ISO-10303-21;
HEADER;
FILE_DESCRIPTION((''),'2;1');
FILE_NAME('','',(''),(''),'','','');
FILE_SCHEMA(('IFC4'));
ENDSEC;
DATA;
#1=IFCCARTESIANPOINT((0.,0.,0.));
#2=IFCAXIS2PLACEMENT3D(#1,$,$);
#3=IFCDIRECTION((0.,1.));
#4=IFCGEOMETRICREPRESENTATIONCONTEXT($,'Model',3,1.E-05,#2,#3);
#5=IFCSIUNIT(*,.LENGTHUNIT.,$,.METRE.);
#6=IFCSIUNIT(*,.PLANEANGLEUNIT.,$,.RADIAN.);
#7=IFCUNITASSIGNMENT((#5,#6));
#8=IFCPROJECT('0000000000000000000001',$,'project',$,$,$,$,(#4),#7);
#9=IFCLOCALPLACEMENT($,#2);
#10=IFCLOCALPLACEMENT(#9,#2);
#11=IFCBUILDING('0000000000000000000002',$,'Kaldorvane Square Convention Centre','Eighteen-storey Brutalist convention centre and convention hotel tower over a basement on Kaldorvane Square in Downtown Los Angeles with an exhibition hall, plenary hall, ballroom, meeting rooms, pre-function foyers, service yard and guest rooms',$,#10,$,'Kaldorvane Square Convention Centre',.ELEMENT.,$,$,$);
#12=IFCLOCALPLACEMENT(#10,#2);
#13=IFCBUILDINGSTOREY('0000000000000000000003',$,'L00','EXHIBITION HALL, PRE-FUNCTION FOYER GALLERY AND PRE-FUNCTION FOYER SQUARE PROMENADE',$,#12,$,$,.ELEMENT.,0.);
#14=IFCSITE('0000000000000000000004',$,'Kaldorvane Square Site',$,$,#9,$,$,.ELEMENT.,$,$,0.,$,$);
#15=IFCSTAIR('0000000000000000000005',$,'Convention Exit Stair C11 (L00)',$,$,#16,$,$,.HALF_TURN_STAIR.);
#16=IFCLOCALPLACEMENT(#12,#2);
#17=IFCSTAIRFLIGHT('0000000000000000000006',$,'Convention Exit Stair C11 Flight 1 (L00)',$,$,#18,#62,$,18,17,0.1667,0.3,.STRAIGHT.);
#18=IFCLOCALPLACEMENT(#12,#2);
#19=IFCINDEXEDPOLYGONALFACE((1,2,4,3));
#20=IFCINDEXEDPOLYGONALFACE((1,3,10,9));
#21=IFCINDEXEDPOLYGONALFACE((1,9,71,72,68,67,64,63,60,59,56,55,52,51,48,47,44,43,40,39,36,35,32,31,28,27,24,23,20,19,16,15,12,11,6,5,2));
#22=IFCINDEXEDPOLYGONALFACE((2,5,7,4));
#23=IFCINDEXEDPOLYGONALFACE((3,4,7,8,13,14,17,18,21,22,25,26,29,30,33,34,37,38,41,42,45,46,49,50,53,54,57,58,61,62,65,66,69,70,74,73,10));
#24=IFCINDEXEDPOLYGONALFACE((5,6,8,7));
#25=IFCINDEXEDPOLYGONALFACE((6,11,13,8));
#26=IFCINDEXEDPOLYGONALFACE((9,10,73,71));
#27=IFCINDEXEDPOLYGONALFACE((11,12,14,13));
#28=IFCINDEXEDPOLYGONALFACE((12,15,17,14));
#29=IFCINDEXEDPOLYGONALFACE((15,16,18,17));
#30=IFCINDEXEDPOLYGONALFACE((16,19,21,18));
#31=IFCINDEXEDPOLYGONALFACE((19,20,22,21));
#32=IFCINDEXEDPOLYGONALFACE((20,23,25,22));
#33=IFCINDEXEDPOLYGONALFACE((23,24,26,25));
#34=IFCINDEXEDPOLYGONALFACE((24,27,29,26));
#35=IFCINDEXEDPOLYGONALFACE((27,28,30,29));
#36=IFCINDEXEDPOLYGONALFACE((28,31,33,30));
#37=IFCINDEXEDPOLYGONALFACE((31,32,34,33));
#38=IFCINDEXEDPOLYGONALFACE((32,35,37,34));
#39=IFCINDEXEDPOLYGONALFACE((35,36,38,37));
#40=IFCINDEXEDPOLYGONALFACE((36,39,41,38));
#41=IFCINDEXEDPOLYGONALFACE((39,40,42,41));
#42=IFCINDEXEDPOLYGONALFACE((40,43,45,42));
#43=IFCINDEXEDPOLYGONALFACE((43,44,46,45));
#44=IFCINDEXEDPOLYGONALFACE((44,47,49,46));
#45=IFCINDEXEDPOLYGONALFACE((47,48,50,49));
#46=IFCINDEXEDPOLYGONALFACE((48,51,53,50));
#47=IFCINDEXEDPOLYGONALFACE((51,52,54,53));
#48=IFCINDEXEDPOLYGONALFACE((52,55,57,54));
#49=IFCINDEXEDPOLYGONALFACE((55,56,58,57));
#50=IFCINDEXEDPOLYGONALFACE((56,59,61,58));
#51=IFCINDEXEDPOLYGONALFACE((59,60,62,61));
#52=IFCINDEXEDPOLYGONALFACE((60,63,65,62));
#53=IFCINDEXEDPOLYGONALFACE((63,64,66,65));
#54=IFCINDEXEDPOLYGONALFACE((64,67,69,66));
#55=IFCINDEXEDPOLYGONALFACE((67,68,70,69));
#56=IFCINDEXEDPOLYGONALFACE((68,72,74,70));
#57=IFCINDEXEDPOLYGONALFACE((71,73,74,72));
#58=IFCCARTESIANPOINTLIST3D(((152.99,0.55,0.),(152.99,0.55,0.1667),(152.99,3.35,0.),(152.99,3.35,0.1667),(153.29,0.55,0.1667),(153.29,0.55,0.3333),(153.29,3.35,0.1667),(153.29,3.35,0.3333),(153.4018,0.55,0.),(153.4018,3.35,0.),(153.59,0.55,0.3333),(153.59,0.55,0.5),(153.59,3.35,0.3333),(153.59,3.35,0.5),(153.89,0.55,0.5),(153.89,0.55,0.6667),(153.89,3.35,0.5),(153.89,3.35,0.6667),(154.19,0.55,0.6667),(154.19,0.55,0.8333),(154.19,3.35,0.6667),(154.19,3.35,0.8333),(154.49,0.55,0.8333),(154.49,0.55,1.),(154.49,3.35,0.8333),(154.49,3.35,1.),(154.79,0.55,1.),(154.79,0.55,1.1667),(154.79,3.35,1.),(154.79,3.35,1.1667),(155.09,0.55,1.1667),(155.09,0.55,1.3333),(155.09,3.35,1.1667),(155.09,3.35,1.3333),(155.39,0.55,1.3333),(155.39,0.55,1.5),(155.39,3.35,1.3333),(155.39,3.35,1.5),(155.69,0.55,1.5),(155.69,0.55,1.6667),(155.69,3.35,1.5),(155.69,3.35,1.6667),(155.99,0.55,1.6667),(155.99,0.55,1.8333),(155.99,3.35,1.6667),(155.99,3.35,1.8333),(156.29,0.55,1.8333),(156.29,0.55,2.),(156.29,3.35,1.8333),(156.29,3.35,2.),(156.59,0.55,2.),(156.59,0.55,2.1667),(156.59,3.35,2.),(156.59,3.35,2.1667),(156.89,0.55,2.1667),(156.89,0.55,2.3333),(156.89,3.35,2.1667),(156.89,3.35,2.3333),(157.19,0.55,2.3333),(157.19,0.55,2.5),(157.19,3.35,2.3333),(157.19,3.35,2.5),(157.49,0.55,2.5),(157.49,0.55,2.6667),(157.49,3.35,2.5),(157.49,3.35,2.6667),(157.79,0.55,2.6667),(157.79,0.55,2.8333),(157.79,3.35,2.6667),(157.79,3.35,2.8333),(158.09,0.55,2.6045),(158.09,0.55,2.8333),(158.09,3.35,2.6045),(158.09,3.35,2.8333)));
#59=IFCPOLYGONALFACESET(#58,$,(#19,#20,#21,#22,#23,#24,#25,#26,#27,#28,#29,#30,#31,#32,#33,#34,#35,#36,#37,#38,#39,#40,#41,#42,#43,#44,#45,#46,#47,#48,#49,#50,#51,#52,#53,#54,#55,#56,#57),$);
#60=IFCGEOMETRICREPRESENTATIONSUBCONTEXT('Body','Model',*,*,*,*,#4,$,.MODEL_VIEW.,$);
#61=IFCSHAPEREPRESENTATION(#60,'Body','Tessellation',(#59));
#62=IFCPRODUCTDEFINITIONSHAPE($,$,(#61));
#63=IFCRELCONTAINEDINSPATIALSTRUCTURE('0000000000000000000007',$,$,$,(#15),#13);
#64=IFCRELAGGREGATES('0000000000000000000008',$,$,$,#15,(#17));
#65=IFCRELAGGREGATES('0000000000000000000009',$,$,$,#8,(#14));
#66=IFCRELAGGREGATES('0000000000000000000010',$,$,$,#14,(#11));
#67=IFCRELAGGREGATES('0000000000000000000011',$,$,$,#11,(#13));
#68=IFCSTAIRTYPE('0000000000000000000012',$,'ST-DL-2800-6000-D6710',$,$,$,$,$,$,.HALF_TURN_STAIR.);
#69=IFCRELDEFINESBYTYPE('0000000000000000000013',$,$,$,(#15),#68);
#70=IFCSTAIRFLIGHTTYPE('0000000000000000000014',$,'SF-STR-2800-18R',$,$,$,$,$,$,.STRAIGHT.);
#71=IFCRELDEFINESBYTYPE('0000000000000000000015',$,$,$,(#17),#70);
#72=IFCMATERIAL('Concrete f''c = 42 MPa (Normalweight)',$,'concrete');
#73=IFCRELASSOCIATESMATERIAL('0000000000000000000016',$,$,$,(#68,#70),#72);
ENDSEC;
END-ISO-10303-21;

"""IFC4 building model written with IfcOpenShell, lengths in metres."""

from ifc_helpers import new_model, si_unit, direction, frame, origin, place, context, subcontext, project, spatial, polyline, outline, extrude, material, type_object, element, aggregate, save


model = new_model("IFC4")

# Units and contexts
model_context = context("Model", 3, precision=1e-05, world=origin(), true_north=direction((0.0, 1.0)))
body_context = subcontext(model_context, "Body", "Model", "MODEL_VIEW")
ifc_project = project(units=[si_unit("LENGTHUNIT", "METRE"), si_unit("PLANEANGLEUNIT", "RADIAN")], contexts=[model_context])

# Site, building, storey
site_placement = place(None, origin())
site = spatial("IfcSite", under=ifc_project, at=site_placement, Name="Kaldorvane Square Site", CompositionType="ELEMENT", RefElevation=0.0)
building_placement = place(site_placement, origin())
building = spatial("IfcBuilding", under=site, at=building_placement, Name="Kaldorvane Square Convention Centre", Description="Eighteen-storey Brutalist convention centre and convention hotel tower over a basement on Kaldorvane Square in Downtown Los Angeles with an exhibition hall, plenary hall, ballroom, meeting rooms, pre-function foyers, service yard and guest rooms", LongName="Kaldorvane Square Convention Centre", CompositionType="ELEMENT")
storey_placement = place(building_placement, origin())
storey = spatial("IfcBuildingStorey", under=building, at=storey_placement, Name="L00", Description="EXHIBITION HALL, PRE-FUNCTION FOYER GALLERY AND PRE-FUNCTION FOYER SQUARE PROMENADE", CompositionType="ELEMENT", Elevation=0.0)

# Shared definitions
ifc_material_1 = material(Name="Concrete f'c = 42 MPa (Normalweight)", Category="concrete")

# Stair, stair flight
stair_type = type_object("IfcStairType", Name="ST-DL-2800-6000-D6710", PredefinedType="HALF_TURN_STAIR", material=ifc_material_1)
stair_placement = place(storey_placement, origin())
stair = element("IfcStair", 1, at=stair_placement, inside=storey, type_object=stair_type, Name="Convention Exit Stair C11 (L00)", PredefinedType="HALF_TURN_STAIR")
stair_flight_type = type_object("IfcStairFlightType", Name="SF-STR-2800-18R", PredefinedType="STRAIGHT", material=ifc_material_1)
stair_flight_placement = place(storey_placement, frame((152.99, 1.95, 0.0), z_axis=(0.0, 0.0, 1.0), x_axis=(1.0, 0.0, 0.0)))
stair_flight = element("IfcStairFlight", 2, at=stair_flight_placement, type_object=stair_flight_type, Name="Convention Exit Stair C11 Flight 1 (L00)", NumberOfRisers=18, NumberOfTreads=17, PredefinedType="STRAIGHT", RiserHeight=0.1667, TreadLength=0.3, context=body_context, shape_type="SweptSolid", body=[
    extrude(outline(polyline([(0.0, 0.0), (0.0, 0.1667), (0.3, 0.1667), (0.3, 0.3333), (0.6, 0.3333), (0.6, 0.5), (0.9, 0.5), (0.9, 0.6667), (1.2, 0.6667), (1.2, 0.8333), (1.5, 0.8333), (1.5, 1.0), (1.8, 1.0), (1.8, 1.1667), (2.1, 1.1667), (2.1, 1.3333), (2.4, 1.3333), (2.4, 1.5), (2.7, 1.5), (2.7, 1.6667), (3.0, 1.6667), (3.0, 1.8333), (3.3, 1.8333), (3.3, 2.0), (3.6, 2.0), (3.6, 2.1667), (3.9, 2.1667), (3.9, 2.3333), (4.2, 2.3333), (4.2, 2.5), (4.5, 2.5), (4.5, 2.6667), (4.8, 2.6667), (4.8, 2.8333), (5.1, 2.8333), (5.1, 3.0), (5.1, 2.6045), (0.4118, 0.0), (0.0, 0.0)])), frame((0.0, 1.4, 0.0), z_axis=(0.0, -1.0, 0.0), x_axis=(1.0, 0.0, 0.0)), (0.0, 0.0, 1.0), 2.8),
])
aggregate(stair, [stair_flight])

save(model, "model.ifc")
